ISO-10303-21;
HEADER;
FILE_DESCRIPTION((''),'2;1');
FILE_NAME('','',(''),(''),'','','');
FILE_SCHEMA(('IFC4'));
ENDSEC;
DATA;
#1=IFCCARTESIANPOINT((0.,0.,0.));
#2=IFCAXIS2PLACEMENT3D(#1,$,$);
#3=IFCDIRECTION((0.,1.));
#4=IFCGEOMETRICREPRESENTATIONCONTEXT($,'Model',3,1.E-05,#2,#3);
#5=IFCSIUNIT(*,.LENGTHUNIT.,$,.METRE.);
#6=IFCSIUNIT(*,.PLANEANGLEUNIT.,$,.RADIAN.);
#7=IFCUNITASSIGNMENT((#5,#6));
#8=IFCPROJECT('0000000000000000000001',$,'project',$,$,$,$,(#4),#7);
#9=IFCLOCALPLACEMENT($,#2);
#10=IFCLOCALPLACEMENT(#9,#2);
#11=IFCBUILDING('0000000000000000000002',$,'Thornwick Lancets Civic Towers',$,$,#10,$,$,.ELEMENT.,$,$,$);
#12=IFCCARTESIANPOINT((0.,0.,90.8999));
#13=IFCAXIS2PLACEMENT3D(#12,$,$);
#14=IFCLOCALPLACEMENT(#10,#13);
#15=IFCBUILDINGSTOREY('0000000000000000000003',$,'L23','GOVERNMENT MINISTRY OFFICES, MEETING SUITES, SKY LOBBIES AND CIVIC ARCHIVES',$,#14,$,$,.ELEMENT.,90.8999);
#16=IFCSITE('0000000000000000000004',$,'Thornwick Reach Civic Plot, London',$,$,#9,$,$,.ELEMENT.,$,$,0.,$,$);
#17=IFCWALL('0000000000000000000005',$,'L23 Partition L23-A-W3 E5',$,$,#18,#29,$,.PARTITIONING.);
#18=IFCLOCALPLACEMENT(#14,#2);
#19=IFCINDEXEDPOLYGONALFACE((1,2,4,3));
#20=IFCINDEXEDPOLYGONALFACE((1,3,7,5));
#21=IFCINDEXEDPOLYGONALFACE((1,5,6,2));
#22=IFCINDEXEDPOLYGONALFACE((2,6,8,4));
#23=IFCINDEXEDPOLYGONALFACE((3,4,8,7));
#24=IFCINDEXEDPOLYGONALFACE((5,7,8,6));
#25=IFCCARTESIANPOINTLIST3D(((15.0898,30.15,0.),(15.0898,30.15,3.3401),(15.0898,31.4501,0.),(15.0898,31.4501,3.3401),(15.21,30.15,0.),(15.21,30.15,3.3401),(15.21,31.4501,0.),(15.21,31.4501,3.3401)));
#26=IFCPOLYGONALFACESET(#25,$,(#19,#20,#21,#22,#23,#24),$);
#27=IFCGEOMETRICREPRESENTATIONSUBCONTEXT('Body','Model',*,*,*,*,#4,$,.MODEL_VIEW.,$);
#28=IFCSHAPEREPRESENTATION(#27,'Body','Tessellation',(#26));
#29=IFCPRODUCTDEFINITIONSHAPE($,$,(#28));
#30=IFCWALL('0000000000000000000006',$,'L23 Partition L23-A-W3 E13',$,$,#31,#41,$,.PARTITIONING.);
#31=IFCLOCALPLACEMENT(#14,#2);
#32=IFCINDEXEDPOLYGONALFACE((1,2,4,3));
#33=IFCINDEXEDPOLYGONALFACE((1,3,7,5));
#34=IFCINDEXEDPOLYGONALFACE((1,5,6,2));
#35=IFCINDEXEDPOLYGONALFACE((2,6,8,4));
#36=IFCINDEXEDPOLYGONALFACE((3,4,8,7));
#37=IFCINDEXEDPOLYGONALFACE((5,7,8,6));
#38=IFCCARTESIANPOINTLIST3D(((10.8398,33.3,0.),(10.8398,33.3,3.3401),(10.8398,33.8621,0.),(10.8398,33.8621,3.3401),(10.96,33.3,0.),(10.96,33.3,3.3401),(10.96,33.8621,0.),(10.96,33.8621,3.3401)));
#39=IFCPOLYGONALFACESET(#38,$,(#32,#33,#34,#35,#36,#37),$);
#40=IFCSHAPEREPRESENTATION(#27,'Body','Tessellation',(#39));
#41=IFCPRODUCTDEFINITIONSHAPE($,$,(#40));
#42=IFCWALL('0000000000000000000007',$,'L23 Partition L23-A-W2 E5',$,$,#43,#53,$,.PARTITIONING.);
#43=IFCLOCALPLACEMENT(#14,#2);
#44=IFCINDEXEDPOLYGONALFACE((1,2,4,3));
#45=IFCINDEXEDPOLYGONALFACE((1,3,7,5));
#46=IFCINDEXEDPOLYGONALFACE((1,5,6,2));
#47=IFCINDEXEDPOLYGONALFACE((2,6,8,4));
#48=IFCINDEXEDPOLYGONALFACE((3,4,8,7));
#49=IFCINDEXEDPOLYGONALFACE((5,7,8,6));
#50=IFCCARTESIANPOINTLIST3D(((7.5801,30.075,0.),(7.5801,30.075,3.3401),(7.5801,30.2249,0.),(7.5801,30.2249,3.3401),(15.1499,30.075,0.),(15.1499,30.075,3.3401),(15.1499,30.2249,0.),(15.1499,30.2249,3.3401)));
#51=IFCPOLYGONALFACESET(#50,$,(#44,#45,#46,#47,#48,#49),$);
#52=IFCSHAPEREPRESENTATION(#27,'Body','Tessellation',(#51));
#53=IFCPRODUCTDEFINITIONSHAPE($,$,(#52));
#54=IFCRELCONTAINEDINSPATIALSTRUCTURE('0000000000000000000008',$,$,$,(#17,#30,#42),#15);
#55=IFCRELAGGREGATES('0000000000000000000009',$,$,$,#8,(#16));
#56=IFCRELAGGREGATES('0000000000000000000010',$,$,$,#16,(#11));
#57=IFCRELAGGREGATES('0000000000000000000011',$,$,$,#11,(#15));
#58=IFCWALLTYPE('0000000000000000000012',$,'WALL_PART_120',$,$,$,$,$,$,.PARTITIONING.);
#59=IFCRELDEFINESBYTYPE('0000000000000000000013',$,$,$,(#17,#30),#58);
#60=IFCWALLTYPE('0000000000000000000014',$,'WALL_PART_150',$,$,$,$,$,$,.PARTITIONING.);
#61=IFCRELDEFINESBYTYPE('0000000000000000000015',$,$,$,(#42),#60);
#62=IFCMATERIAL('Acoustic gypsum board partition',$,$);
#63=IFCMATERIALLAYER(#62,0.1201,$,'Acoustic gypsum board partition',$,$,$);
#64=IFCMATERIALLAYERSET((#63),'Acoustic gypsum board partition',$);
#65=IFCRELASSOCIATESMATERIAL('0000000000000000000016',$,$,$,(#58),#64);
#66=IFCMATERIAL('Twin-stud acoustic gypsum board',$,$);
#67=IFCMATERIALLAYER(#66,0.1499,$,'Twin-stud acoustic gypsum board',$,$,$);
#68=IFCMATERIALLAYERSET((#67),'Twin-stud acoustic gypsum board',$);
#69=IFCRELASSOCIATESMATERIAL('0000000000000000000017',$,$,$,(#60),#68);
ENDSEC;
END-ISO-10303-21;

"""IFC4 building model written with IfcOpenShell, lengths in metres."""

from ifc_helpers import new_model, si_unit, direction, frame, frame_2d, origin, place, context, subcontext, project, spatial, rectangle, extrude, material, layer, layer_set, type_object, element, save


model = new_model("IFC4")

# Units and contexts
model_context = context("Model", 3, precision=1e-05, world=origin(), true_north=direction((0.0, 1.0)))
body_context = subcontext(model_context, "Body", "Model", "MODEL_VIEW")
ifc_project = project(units=[si_unit("LENGTHUNIT", "METRE"), si_unit("PLANEANGLEUNIT", "RADIAN")], contexts=[model_context])

# Site, building, storey
site_placement = place(None, origin())
site = spatial("IfcSite", under=ifc_project, at=site_placement, Name="Thornwick Reach Civic Plot, London", CompositionType="ELEMENT", RefElevation=0.0)
building_placement = place(site_placement, origin())
building = spatial("IfcBuilding", under=site, at=building_placement, Name="Thornwick Lancets Civic Towers", CompositionType="ELEMENT")
storey_placement = place(building_placement, frame((0.0, 0.0, 90.8999)))
storey = spatial("IfcBuildingStorey", under=building, at=storey_placement, Name="L23", Description="GOVERNMENT MINISTRY OFFICES, MEETING SUITES, SKY LOBBIES AND CIVIC ARCHIVES", CompositionType="ELEMENT", Elevation=90.8999)

# Shared definitions
ifc_material_1 = material(Name="Acoustic gypsum board partition")
ifc_layer_1 = layer(ifc_material_1, 0.1201, Name="Acoustic gypsum board partition")
ifc_layer_set_1 = layer_set([ifc_layer_1], Name="Acoustic gypsum board partition")
wall_type_1 = type_object("IfcWallType", Name="WALL_PART_120", PredefinedType="PARTITIONING", material=ifc_layer_set_1)

# Walls
wall_1_placement = place(storey_placement, frame((15.1499, 31.45, 0.0), z_axis=(0.0, 0.0, 1.0), x_axis=(0.0, -1.0, 0.0)))
element("IfcWall", 1, at=wall_1_placement, inside=storey, type_object=wall_type_1, Name="L23 Partition L23-A-W3 E5", PredefinedType="PARTITIONING", context=body_context, shape_type="SweptSolid", body=[
    extrude(rectangle(XDim=1.3, YDim=0.1201, at=frame_2d((0.6499, 0.0))), origin(), (0.0, 0.0, 1.0), 3.3401),
])
wall_2_placement = place(storey_placement, frame((10.8999, 33.8621, 0.0), z_axis=(0.0, 0.0, 1.0), x_axis=(0.0, -1.0, 0.0)))
element("IfcWall", 2, at=wall_2_placement, inside=storey, type_object=wall_type_1, Name="L23 Partition L23-A-W3 E13", PredefinedType="PARTITIONING", context=body_context, shape_type="SweptSolid", body=[
    extrude(rectangle(XDim=0.562, YDim=0.1201, at=frame_2d((0.281, 0.0))), origin(), (0.0, 0.0, 1.0), 3.3401),
])
ifc_material_2 = material(Name="Twin-stud acoustic gypsum board")
ifc_layer_2 = layer(ifc_material_2, 0.1499, Name="Twin-stud acoustic gypsum board")
ifc_layer_set_2 = layer_set([ifc_layer_2], Name="Twin-stud acoustic gypsum board")
wall_type_2 = type_object("IfcWallType", Name="WALL_PART_150", PredefinedType="PARTITIONING", material=ifc_layer_set_2)
wall_3_placement = place(storey_placement, frame((7.5801, 30.1499, 0.0), z_axis=(0.0, 0.0, 1.0), x_axis=(1.0, 0.0, 0.0)))
element("IfcWall", 3, at=wall_3_placement, inside=storey, type_object=wall_type_2, Name="L23 Partition L23-A-W2 E5", PredefinedType="PARTITIONING", context=body_context, shape_type="SweptSolid", body=[
    extrude(rectangle(XDim=7.5698, YDim=0.1499, at=frame_2d((3.7849, 0.0))), origin(), (0.0, 0.0, 1.0), 3.3401),
])

save(model, "model.ifc")
